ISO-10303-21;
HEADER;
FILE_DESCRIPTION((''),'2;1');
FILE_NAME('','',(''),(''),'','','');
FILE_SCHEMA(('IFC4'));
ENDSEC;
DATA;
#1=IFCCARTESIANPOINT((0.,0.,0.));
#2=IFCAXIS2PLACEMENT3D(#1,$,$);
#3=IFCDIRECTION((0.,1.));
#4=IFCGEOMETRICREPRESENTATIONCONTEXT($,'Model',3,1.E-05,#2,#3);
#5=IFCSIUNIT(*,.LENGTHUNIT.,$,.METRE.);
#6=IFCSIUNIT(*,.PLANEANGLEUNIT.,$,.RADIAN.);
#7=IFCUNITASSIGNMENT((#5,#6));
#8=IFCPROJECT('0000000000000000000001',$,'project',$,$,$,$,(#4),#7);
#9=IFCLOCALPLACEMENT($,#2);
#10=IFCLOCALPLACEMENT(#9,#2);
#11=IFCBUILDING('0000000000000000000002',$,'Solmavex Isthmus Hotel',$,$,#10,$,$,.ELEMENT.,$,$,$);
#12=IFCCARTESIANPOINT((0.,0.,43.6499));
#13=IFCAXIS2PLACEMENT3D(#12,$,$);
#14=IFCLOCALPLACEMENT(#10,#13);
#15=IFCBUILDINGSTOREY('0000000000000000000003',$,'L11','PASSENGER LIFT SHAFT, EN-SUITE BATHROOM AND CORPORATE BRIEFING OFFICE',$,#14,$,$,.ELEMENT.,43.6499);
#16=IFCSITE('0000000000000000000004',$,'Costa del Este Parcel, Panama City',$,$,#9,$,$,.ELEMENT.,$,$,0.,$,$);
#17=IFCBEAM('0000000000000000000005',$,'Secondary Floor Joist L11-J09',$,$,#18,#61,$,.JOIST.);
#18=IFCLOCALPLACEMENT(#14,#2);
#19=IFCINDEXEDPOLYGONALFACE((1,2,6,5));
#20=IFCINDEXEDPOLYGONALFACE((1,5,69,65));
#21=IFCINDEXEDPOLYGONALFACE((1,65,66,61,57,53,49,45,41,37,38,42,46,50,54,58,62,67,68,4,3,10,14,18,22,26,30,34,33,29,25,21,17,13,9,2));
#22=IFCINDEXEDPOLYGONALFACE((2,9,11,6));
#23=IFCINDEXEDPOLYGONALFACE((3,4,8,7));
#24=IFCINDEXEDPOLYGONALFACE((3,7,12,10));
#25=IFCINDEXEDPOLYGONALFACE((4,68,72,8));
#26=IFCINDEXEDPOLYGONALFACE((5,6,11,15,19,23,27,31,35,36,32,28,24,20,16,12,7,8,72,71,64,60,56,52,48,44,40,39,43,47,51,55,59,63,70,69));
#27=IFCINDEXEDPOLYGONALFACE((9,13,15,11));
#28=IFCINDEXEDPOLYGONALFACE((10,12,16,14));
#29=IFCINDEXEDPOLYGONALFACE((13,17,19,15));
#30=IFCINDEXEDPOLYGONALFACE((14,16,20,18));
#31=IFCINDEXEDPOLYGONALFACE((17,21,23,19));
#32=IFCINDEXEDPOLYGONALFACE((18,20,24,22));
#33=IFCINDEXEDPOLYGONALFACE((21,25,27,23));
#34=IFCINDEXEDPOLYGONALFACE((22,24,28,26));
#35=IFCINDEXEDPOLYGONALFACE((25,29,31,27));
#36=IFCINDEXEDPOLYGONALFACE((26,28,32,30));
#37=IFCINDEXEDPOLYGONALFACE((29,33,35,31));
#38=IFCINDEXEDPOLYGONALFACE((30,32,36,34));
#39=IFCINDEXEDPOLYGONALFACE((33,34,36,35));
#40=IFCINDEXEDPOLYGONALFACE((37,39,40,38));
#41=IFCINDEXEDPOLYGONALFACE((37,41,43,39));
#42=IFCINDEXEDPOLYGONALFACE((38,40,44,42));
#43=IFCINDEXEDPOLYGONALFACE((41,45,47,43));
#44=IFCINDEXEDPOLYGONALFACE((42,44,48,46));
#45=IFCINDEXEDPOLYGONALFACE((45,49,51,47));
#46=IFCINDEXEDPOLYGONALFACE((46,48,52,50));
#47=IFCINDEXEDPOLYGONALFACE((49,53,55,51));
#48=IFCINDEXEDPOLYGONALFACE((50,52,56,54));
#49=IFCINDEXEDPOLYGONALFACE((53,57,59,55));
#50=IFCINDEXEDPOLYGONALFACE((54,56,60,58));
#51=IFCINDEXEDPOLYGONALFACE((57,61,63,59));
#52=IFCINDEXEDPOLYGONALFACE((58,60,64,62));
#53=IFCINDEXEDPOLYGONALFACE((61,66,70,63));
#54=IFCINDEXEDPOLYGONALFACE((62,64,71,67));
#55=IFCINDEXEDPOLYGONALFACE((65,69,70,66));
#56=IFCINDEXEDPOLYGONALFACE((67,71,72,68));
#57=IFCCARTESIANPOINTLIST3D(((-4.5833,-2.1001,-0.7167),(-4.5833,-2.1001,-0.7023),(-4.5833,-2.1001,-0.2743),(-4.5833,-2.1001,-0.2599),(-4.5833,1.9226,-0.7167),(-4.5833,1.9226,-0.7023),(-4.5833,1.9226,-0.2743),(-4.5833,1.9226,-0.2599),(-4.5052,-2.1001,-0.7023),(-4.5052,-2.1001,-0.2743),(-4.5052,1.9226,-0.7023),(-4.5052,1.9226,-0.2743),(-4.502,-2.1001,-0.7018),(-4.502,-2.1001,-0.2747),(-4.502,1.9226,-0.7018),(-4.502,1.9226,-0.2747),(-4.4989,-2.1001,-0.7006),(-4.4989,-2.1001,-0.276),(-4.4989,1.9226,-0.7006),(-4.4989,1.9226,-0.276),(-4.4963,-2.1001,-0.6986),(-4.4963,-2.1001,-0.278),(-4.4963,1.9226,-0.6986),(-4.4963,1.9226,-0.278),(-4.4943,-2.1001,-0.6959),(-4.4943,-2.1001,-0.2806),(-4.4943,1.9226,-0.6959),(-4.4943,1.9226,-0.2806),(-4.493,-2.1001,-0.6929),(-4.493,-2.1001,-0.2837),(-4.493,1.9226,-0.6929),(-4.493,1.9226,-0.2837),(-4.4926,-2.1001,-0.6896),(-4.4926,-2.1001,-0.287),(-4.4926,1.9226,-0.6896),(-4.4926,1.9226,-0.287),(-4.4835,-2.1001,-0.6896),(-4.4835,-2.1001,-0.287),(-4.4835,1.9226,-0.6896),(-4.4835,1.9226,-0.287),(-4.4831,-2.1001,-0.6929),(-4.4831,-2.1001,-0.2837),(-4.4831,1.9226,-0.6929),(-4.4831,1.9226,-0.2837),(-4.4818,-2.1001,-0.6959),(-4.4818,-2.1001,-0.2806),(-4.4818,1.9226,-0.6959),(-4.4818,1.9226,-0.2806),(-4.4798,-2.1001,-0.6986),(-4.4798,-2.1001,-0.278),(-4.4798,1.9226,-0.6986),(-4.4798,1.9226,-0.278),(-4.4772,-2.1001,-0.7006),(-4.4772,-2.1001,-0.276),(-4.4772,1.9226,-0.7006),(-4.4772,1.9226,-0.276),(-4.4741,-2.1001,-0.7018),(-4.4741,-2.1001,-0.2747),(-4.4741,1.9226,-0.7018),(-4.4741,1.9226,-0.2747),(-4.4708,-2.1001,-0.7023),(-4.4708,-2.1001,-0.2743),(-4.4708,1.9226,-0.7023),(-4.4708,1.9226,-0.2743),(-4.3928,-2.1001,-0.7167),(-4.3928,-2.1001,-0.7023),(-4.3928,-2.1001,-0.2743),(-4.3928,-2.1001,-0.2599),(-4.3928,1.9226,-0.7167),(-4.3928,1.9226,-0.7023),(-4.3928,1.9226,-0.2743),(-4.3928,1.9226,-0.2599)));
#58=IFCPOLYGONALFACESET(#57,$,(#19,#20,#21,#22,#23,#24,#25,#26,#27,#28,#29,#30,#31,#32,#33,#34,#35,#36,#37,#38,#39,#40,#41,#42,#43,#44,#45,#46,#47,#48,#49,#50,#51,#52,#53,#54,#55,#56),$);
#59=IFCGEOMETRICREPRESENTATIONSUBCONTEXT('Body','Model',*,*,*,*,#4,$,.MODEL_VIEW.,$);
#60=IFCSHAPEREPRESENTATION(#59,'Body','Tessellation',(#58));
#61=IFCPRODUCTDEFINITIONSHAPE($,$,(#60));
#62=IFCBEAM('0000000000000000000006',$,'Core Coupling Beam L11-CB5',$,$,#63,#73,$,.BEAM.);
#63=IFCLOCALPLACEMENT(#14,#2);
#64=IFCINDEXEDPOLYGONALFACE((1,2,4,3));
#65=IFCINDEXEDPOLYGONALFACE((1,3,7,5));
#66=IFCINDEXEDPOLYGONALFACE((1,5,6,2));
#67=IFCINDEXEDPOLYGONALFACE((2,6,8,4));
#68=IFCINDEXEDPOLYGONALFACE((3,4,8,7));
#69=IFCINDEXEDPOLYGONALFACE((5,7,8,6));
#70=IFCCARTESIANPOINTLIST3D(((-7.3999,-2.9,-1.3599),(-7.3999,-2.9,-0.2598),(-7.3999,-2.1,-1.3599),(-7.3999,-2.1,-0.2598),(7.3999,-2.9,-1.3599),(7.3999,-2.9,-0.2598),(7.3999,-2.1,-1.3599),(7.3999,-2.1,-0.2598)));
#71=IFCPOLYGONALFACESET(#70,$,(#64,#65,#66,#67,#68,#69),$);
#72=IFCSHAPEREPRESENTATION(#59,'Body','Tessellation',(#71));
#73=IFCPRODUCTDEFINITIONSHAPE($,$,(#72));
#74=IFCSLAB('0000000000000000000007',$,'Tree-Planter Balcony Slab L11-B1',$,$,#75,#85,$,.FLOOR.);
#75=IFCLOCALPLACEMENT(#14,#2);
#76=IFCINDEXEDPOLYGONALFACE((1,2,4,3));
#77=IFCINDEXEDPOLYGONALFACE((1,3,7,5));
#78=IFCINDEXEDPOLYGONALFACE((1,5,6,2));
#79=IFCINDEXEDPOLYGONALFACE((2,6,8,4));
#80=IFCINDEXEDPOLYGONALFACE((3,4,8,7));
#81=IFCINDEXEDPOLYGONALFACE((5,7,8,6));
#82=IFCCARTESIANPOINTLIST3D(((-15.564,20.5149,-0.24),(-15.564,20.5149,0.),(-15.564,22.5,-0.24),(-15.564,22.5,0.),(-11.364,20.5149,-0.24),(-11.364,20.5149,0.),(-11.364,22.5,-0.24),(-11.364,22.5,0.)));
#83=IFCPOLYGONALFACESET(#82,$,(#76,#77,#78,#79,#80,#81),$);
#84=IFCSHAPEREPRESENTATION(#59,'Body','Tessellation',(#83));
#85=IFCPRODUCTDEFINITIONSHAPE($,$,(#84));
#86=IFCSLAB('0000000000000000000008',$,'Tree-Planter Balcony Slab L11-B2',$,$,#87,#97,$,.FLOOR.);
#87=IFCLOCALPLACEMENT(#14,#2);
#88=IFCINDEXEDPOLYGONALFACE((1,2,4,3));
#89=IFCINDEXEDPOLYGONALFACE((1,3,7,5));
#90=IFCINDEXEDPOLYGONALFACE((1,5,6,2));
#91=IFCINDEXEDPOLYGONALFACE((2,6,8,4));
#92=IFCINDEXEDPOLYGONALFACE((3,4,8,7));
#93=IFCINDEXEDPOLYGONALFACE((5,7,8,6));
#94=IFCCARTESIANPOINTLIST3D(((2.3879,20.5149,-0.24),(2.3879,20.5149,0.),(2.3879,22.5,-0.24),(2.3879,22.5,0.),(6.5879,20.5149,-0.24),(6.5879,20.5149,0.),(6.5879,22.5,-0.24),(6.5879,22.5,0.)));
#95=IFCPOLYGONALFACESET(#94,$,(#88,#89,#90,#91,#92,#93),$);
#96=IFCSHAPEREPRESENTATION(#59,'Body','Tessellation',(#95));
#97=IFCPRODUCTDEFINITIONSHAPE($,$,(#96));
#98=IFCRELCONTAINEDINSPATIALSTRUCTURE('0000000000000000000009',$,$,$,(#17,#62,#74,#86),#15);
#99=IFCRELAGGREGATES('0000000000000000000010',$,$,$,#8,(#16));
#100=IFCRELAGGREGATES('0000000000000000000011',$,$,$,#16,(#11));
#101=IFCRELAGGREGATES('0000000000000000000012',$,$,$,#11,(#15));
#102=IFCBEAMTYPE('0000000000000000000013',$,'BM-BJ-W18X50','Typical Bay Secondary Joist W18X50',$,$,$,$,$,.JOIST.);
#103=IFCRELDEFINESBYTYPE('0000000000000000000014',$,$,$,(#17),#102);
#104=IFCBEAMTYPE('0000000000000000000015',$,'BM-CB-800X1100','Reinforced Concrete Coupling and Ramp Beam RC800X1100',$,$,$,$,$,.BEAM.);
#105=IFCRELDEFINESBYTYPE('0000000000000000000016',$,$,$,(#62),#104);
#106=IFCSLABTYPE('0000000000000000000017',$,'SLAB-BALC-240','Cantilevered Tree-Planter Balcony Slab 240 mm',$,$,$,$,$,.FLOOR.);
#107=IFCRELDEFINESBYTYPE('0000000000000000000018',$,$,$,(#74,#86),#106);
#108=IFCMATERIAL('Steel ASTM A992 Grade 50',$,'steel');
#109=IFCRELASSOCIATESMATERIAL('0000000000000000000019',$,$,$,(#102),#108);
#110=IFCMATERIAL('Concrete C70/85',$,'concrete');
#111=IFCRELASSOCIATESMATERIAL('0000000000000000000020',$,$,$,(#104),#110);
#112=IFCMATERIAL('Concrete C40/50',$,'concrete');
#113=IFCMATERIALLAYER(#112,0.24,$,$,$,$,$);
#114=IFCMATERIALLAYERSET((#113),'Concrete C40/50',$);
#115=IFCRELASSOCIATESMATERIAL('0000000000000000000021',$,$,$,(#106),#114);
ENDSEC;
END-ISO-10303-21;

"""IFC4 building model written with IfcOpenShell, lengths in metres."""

from ifc_helpers import new_model, si_unit, direction, frame, origin, origin_2d, place, context, subcontext, project, spatial, polyline, rectangle, i_section, outline, extrude, material, layer, layer_set, material_profile, profile_set, type_object, element, save


model = new_model("IFC4")

# Units and contexts
model_context = context("Model", 3, precision=1e-05, world=origin(), true_north=direction((0.0, 1.0)))
body_context = subcontext(model_context, "Body", "Model", "MODEL_VIEW")
ifc_project = project(units=[si_unit("LENGTHUNIT", "METRE"), si_unit("PLANEANGLEUNIT", "RADIAN")], contexts=[model_context])

# Site, building, storey
site_placement = place(None, origin())
site = spatial("IfcSite", under=ifc_project, at=site_placement, Name="Costa del Este Parcel, Panama City", CompositionType="ELEMENT", RefElevation=0.0)
building_placement = place(site_placement, origin())
building = spatial("IfcBuilding", under=site, at=building_placement, Name="Solmavex Isthmus Hotel", CompositionType="ELEMENT")
storey_placement = place(building_placement, frame((0.0, 0.0, 43.6499)))
storey = spatial("IfcBuildingStorey", under=building, at=storey_placement, Name="L11", Description="PASSENGER LIFT SHAFT, EN-SUITE BATHROOM AND CORPORATE BRIEFING OFFICE", CompositionType="ELEMENT", Elevation=43.6499)

# Shared definitions
ifc_material_1 = material(Name="Concrete C70/85", Category="concrete")

# Beams
ifc_material_2 = material(Name="Steel ASTM A992 Grade 50", Category="steel")
ifc_material_profile_1 = material_profile(ifc_material_2, i_section(OverallWidth=0.1904, OverallDepth=0.4568, WebThickness=0.009, FlangeThickness=0.0144, FilletRadius=0.0127, at=origin_2d()), Name="W18X50")
ifc_profile_set_1 = profile_set([ifc_material_profile_1], Name="Steel ASTM A992 Grade 50")
beam_type_1 = type_object("IfcBeamType", Name="BM-BJ-W18X50", Description="Typical Bay Secondary Joist W18X50", PredefinedType="JOIST", material=ifc_profile_set_1)
for number, where, z_axis, x_axis, name in (
    (1, (-4.488, -2.1001, -0.4883), (0.0, 1.0, 0.0), (-1.0, 0.0, 0.0), "Secondary Floor Joist L11-J09"),
):
    element("IfcBeam", number, at=place(storey_placement, frame(where, z_axis=z_axis, x_axis=x_axis)), inside=storey, type_object=beam_type_1, Name=name, PredefinedType="JOIST", context=body_context, shape_type="SweptSolid", body=[
        extrude(i_section(OverallWidth=0.1904, OverallDepth=0.4568, WebThickness=0.009, FlangeThickness=0.0144, FilletRadius=0.0127, at=origin_2d()), origin(), (0.0, 0.0, 1.0), 4.0227),
    ])
ifc_material_profile_2 = material_profile(ifc_material_1, rectangle(XDim=0.8, YDim=1.1001, at=origin_2d()), Name="RC800X1100")
ifc_profile_set_2 = profile_set([ifc_material_profile_2], Name="Concrete C70/85")
beam_type_2 = type_object("IfcBeamType", Name="BM-CB-800X1100", Description="Reinforced Concrete Coupling and Ramp Beam RC800X1100", PredefinedType="BEAM", material=ifc_profile_set_2)
beam_placement = place(storey_placement, frame((-7.3999, -2.5, -0.8098), z_axis=(1.0, 0.0, 0.0), x_axis=(0.0, 1.0, 0.0)))
element("IfcBeam", 2, at=beam_placement, inside=storey, type_object=beam_type_2, Name="Core Coupling Beam L11-CB5", PredefinedType="BEAM", context=body_context, shape_type="SweptSolid", body=[
    extrude(rectangle(XDim=0.8, YDim=1.1001, at=origin_2d()), origin(), (0.0, 0.0, 1.0), 14.7998),
])

# Slabs
ifc_material_3 = material(Name="Concrete C40/50", Category="concrete")
ifc_layer_1 = layer(ifc_material_3, 0.24)
ifc_layer_set_1 = layer_set([ifc_layer_1], Name="Concrete C40/50")
slab_type_1 = type_object("IfcSlabType", Name="SLAB-BALC-240", Description="Cantilevered Tree-Planter Balcony Slab 240 mm", PredefinedType="FLOOR", material=ifc_layer_set_1)
slab_1_placement = place(storey_placement, frame((0.0, 0.0, -0.24)))
element("IfcSlab", 3, at=slab_1_placement, inside=storey, type_object=slab_type_1, Name="Tree-Planter Balcony Slab L11-B1", PredefinedType="FLOOR", context=body_context, shape_type="SweptSolid", body=[
    extrude(outline(polyline([(-15.564, 20.5149), (-11.364, 20.5149), (-11.364, 22.5), (-15.564, 22.5), (-15.564, 20.5149)])), origin(), (0.0, 0.0, 1.0), 0.24),
])
slab_2_placement = place(storey_placement, frame((0.0, 0.0, -0.24)))
element("IfcSlab", 4, at=slab_2_placement, inside=storey, type_object=slab_type_1, Name="Tree-Planter Balcony Slab L11-B2", PredefinedType="FLOOR", context=body_context, shape_type="SweptSolid", body=[
    extrude(outline(polyline([(2.3879, 20.5149), (6.5879, 20.5149), (6.5879, 22.5), (2.3879, 22.5), (2.3879, 20.5149)])), origin(), (0.0, 0.0, 1.0), 0.24),
])

save(model, "model.ifc")
